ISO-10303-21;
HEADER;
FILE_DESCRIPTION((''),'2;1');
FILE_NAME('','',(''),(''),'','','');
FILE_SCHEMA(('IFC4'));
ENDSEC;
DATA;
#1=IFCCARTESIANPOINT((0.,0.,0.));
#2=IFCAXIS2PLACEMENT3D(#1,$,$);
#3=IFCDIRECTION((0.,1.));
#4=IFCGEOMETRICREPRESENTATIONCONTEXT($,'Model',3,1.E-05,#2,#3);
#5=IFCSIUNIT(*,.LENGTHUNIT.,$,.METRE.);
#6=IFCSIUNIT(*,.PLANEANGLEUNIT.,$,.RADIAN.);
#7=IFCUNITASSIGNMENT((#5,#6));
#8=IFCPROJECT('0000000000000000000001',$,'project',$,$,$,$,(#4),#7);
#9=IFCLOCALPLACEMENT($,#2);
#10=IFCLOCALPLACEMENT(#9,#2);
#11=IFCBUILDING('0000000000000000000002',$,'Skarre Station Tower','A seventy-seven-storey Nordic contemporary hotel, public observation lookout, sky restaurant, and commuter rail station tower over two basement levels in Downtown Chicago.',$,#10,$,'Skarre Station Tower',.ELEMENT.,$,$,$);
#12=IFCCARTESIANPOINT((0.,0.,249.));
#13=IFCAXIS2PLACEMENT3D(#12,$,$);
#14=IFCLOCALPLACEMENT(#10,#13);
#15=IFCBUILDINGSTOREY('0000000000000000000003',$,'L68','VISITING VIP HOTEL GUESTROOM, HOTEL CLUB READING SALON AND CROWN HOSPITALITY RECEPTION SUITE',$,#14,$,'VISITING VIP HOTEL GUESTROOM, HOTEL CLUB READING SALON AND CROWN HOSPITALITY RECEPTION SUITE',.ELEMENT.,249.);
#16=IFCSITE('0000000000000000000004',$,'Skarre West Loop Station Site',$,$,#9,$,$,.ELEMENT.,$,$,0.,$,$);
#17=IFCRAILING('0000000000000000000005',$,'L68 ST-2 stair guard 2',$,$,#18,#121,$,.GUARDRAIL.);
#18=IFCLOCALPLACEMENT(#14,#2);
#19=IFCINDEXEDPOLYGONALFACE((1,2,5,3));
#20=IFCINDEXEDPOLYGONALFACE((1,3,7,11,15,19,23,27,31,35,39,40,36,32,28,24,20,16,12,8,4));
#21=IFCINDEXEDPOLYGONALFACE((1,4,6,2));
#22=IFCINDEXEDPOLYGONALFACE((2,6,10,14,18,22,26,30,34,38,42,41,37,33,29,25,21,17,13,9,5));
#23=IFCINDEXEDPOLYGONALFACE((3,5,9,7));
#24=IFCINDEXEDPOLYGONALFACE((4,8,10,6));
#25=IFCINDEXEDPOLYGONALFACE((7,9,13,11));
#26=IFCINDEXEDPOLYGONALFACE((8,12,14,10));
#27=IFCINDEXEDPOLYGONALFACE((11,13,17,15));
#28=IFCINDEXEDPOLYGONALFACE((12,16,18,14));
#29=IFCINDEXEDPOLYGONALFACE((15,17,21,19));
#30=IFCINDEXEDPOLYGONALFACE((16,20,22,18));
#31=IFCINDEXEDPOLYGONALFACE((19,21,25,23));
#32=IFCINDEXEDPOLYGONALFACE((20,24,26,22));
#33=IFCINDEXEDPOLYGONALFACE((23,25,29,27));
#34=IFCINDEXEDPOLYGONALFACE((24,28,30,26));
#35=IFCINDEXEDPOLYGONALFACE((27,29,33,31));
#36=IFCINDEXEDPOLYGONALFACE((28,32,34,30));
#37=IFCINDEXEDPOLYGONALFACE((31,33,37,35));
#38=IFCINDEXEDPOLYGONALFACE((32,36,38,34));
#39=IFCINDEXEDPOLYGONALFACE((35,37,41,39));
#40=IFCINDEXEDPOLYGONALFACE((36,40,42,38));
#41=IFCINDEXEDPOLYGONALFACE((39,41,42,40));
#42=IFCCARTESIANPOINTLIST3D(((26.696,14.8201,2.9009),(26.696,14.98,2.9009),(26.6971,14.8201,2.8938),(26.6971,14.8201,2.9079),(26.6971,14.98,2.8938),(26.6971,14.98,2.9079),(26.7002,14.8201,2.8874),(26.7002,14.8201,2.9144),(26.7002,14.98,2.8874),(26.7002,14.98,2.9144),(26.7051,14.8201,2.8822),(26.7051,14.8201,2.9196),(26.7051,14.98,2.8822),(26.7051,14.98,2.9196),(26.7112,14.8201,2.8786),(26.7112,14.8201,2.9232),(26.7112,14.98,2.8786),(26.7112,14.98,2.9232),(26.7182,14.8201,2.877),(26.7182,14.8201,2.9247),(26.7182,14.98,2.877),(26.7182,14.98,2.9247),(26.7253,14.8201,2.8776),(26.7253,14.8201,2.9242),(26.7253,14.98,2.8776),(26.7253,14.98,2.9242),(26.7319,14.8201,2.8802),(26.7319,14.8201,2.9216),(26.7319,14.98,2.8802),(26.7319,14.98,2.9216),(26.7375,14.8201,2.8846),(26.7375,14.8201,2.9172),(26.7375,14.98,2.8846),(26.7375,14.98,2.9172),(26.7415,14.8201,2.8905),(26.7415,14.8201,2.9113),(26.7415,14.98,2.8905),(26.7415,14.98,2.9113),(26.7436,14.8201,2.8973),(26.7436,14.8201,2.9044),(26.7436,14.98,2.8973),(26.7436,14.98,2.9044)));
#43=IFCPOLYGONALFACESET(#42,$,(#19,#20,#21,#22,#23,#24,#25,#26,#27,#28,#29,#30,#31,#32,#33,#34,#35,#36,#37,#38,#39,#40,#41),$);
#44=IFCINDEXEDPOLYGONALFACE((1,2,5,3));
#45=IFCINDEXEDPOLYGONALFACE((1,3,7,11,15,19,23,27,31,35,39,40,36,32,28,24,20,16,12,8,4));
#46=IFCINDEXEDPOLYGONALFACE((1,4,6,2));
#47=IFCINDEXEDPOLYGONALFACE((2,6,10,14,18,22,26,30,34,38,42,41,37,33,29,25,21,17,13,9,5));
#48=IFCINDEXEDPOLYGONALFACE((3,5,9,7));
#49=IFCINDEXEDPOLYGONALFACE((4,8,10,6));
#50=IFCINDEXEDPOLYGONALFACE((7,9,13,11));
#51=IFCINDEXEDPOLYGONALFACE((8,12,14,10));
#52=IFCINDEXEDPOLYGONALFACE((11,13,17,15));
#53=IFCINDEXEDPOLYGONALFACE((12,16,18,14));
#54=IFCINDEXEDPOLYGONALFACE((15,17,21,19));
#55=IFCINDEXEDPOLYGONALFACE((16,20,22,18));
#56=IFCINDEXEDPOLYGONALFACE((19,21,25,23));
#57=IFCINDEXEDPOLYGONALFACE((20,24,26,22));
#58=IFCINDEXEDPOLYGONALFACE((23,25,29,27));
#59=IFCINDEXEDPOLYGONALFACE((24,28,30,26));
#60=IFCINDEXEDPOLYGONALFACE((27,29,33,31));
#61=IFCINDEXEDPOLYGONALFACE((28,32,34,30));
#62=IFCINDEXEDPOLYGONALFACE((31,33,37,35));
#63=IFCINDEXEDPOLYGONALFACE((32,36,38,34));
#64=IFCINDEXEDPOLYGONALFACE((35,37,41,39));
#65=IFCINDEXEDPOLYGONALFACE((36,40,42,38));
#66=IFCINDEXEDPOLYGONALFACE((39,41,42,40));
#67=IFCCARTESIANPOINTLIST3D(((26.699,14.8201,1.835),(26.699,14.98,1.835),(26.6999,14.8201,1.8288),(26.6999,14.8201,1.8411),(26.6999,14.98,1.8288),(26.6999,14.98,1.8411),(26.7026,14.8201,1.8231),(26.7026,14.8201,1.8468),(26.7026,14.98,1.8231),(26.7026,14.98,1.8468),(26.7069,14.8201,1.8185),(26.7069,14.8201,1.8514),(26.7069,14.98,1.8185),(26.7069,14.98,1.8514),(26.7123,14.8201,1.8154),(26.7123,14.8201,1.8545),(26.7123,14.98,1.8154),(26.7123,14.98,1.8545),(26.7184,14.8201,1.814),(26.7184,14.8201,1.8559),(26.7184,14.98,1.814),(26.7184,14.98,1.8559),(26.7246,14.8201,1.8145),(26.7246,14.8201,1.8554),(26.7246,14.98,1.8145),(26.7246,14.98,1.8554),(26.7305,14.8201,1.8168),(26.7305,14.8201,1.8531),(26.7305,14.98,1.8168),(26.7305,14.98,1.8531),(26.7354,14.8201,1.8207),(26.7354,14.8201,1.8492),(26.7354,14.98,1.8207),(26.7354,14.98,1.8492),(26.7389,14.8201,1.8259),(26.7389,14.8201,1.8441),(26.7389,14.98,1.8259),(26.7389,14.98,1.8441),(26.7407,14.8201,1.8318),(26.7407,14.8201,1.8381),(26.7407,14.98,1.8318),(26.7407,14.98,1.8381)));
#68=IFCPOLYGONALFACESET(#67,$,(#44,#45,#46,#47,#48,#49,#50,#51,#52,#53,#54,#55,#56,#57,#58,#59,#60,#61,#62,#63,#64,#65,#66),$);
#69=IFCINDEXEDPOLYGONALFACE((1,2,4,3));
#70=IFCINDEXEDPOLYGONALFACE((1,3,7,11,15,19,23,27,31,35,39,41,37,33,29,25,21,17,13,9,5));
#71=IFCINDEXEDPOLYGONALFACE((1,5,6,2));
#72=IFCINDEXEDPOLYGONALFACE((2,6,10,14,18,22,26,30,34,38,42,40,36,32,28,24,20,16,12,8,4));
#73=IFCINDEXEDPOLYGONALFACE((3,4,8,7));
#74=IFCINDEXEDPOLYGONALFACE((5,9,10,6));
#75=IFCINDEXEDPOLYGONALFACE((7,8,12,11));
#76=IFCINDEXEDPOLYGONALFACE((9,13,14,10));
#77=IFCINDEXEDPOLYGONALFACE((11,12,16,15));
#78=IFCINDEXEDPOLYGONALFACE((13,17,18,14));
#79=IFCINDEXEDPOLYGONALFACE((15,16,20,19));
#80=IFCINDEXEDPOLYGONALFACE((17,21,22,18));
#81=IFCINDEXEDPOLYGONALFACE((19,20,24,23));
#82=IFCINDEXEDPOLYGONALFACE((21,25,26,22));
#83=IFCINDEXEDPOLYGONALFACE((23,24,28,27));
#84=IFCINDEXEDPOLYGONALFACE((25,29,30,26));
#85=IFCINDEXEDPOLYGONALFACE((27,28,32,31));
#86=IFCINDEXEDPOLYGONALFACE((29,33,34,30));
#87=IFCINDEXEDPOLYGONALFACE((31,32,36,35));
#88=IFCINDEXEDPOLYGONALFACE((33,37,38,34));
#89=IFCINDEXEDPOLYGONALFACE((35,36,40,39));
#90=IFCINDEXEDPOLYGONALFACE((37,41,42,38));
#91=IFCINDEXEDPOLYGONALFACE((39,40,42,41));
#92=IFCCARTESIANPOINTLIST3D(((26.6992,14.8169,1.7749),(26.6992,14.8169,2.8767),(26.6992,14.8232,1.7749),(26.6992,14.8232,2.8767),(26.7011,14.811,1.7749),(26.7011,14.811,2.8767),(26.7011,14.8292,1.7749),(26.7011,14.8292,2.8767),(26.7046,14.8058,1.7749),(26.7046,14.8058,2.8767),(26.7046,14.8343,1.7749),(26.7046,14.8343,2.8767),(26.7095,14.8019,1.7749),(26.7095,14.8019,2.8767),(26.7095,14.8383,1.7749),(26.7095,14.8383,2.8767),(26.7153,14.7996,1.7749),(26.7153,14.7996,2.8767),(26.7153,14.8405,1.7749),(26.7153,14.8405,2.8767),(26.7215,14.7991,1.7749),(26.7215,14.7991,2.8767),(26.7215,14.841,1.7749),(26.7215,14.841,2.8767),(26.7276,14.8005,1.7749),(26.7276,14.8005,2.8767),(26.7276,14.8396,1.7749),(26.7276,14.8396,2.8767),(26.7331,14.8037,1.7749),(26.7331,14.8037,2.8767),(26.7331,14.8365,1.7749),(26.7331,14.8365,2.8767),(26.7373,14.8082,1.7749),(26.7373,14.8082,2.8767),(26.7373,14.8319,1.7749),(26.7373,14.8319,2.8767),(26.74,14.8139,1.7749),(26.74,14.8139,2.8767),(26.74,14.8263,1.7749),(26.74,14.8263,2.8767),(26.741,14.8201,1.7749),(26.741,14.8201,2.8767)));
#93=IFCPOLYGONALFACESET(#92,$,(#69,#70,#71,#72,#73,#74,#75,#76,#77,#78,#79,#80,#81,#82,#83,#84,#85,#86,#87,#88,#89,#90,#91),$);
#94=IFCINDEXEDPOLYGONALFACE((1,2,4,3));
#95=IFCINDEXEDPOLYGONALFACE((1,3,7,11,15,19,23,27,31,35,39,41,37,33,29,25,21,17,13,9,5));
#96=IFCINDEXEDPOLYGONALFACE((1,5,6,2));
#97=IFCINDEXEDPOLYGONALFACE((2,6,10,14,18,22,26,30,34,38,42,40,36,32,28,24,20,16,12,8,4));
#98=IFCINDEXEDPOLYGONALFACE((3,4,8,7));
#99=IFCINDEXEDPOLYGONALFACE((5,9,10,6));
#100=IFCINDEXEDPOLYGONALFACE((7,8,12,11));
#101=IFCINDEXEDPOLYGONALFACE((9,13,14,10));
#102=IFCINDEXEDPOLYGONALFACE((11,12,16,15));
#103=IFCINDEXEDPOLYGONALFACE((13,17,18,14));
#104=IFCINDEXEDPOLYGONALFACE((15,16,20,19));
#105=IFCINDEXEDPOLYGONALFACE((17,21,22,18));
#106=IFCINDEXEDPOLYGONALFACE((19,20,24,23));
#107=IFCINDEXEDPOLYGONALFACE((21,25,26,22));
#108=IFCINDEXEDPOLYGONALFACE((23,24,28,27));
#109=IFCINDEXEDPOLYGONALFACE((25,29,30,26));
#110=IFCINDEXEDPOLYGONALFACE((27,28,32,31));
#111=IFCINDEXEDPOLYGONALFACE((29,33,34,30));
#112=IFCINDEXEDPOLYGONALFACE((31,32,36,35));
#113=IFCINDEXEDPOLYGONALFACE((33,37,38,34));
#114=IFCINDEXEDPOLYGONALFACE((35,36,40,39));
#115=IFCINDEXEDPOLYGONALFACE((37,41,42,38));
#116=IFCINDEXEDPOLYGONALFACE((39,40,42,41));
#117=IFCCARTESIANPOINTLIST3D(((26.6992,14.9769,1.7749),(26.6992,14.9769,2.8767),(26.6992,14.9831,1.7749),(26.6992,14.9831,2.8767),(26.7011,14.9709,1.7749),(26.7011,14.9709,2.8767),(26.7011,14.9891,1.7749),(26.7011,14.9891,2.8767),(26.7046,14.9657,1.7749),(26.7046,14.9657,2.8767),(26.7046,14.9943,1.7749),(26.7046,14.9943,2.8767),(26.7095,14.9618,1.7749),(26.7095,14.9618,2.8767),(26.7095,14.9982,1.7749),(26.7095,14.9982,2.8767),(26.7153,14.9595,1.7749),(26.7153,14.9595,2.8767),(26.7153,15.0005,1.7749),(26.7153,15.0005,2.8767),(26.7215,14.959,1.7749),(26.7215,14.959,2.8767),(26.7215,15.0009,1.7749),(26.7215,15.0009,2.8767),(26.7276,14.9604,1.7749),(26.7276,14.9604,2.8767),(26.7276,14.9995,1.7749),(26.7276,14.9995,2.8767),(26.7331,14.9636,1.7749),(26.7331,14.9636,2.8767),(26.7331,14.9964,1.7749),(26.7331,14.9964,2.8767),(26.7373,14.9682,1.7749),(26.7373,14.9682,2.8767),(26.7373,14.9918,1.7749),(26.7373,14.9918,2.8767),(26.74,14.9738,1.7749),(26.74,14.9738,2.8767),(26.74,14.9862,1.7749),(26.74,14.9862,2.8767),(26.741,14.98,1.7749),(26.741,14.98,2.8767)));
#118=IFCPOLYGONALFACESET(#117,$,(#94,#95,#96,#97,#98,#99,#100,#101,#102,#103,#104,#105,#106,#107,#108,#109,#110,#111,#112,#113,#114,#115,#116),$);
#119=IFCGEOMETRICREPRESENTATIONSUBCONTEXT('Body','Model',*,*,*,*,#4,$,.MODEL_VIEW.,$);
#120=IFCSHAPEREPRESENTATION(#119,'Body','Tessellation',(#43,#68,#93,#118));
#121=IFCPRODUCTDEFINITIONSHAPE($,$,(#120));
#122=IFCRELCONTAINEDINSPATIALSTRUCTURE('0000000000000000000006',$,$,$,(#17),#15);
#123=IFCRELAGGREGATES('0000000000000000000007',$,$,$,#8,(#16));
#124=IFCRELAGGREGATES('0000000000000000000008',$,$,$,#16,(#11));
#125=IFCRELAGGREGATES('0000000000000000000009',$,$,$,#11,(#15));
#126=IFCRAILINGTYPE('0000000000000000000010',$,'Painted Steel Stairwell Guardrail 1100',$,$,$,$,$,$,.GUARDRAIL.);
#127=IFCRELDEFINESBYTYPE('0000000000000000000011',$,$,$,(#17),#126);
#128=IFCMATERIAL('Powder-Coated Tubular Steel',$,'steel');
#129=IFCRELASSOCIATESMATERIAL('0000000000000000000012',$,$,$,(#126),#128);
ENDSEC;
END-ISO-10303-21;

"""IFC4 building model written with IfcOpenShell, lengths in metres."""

from ifc_helpers import new_model, si_unit, direction, frame, origin, origin_2d, place, context, subcontext, project, spatial, circle, extrude, material, type_object, element, save


model = new_model("IFC4")

# Units and contexts
model_context = context("Model", 3, precision=1e-05, world=origin(), true_north=direction((0.0, 1.0)))
body_context = subcontext(model_context, "Body", "Model", "MODEL_VIEW")
ifc_project = project(units=[si_unit("LENGTHUNIT", "METRE"), si_unit("PLANEANGLEUNIT", "RADIAN")], contexts=[model_context])

# Site, building, storey
site_placement = place(None, origin())
site = spatial("IfcSite", under=ifc_project, at=site_placement, Name="Skarre West Loop Station Site", CompositionType="ELEMENT", RefElevation=0.0)
building_placement = place(site_placement, origin())
building = spatial("IfcBuilding", under=site, at=building_placement, Name="Skarre Station Tower", Description="A seventy-seven-storey Nordic contemporary hotel, public observation lookout, sky restaurant, and commuter rail station tower over two basement levels in Downtown Chicago.", LongName="Skarre Station Tower", CompositionType="ELEMENT")
storey_placement = place(building_placement, frame((0.0, 0.0, 249.0)))
storey = spatial("IfcBuildingStorey", under=building, at=storey_placement, Name="L68", Description="VISITING VIP HOTEL GUESTROOM, HOTEL CLUB READING SALON AND CROWN HOSPITALITY RECEPTION SUITE", LongName="VISITING VIP HOTEL GUESTROOM, HOTEL CLUB READING SALON AND CROWN HOSPITALITY RECEPTION SUITE", CompositionType="ELEMENT", Elevation=249.0)

# Railing
ifc_material_1 = material(Name="Powder-Coated Tubular Steel", Category="steel")
railing_type_1 = type_object("IfcRailingType", Name="Painted Steel Stairwell Guardrail 1100", PredefinedType="GUARDRAIL", material=ifc_material_1)
railing_1_placement = place(storey_placement, frame((26.72, 14.8201, 1.7749)))
element("IfcRailing", 1, at=railing_1_placement, inside=storey, type_object=railing_type_1, Name="L68 ST-2 stair guard 2", PredefinedType="GUARDRAIL", context=body_context, shape_type="SweptSolid", body=[
    extrude(circle(Radius=0.0239, at=origin_2d()), frame((0.0, 0.0, 1.126), z_axis=(0.0, 1.0, 0.0), x_axis=(-1.0, 0.0, 0.0)), (0.0, 0.0, 1.0), 0.1599),
    extrude(circle(Radius=0.021, at=origin_2d()), frame((0.0, 0.0, 0.0601), z_axis=(0.0, 1.0, 0.0), x_axis=(-1.0, 0.0, 0.0)), (0.0, 0.0, 1.0), 0.1599),
    extrude(circle(Radius=0.021, at=origin_2d()), origin(), (0.0, 0.0, 1.0), 1.1018),
    extrude(circle(Radius=0.021, at=origin_2d()), frame((0.0, 0.1599, 0.0)), (0.0, 0.0, 1.0), 1.1018),
])

save(model, "model.ifc")
